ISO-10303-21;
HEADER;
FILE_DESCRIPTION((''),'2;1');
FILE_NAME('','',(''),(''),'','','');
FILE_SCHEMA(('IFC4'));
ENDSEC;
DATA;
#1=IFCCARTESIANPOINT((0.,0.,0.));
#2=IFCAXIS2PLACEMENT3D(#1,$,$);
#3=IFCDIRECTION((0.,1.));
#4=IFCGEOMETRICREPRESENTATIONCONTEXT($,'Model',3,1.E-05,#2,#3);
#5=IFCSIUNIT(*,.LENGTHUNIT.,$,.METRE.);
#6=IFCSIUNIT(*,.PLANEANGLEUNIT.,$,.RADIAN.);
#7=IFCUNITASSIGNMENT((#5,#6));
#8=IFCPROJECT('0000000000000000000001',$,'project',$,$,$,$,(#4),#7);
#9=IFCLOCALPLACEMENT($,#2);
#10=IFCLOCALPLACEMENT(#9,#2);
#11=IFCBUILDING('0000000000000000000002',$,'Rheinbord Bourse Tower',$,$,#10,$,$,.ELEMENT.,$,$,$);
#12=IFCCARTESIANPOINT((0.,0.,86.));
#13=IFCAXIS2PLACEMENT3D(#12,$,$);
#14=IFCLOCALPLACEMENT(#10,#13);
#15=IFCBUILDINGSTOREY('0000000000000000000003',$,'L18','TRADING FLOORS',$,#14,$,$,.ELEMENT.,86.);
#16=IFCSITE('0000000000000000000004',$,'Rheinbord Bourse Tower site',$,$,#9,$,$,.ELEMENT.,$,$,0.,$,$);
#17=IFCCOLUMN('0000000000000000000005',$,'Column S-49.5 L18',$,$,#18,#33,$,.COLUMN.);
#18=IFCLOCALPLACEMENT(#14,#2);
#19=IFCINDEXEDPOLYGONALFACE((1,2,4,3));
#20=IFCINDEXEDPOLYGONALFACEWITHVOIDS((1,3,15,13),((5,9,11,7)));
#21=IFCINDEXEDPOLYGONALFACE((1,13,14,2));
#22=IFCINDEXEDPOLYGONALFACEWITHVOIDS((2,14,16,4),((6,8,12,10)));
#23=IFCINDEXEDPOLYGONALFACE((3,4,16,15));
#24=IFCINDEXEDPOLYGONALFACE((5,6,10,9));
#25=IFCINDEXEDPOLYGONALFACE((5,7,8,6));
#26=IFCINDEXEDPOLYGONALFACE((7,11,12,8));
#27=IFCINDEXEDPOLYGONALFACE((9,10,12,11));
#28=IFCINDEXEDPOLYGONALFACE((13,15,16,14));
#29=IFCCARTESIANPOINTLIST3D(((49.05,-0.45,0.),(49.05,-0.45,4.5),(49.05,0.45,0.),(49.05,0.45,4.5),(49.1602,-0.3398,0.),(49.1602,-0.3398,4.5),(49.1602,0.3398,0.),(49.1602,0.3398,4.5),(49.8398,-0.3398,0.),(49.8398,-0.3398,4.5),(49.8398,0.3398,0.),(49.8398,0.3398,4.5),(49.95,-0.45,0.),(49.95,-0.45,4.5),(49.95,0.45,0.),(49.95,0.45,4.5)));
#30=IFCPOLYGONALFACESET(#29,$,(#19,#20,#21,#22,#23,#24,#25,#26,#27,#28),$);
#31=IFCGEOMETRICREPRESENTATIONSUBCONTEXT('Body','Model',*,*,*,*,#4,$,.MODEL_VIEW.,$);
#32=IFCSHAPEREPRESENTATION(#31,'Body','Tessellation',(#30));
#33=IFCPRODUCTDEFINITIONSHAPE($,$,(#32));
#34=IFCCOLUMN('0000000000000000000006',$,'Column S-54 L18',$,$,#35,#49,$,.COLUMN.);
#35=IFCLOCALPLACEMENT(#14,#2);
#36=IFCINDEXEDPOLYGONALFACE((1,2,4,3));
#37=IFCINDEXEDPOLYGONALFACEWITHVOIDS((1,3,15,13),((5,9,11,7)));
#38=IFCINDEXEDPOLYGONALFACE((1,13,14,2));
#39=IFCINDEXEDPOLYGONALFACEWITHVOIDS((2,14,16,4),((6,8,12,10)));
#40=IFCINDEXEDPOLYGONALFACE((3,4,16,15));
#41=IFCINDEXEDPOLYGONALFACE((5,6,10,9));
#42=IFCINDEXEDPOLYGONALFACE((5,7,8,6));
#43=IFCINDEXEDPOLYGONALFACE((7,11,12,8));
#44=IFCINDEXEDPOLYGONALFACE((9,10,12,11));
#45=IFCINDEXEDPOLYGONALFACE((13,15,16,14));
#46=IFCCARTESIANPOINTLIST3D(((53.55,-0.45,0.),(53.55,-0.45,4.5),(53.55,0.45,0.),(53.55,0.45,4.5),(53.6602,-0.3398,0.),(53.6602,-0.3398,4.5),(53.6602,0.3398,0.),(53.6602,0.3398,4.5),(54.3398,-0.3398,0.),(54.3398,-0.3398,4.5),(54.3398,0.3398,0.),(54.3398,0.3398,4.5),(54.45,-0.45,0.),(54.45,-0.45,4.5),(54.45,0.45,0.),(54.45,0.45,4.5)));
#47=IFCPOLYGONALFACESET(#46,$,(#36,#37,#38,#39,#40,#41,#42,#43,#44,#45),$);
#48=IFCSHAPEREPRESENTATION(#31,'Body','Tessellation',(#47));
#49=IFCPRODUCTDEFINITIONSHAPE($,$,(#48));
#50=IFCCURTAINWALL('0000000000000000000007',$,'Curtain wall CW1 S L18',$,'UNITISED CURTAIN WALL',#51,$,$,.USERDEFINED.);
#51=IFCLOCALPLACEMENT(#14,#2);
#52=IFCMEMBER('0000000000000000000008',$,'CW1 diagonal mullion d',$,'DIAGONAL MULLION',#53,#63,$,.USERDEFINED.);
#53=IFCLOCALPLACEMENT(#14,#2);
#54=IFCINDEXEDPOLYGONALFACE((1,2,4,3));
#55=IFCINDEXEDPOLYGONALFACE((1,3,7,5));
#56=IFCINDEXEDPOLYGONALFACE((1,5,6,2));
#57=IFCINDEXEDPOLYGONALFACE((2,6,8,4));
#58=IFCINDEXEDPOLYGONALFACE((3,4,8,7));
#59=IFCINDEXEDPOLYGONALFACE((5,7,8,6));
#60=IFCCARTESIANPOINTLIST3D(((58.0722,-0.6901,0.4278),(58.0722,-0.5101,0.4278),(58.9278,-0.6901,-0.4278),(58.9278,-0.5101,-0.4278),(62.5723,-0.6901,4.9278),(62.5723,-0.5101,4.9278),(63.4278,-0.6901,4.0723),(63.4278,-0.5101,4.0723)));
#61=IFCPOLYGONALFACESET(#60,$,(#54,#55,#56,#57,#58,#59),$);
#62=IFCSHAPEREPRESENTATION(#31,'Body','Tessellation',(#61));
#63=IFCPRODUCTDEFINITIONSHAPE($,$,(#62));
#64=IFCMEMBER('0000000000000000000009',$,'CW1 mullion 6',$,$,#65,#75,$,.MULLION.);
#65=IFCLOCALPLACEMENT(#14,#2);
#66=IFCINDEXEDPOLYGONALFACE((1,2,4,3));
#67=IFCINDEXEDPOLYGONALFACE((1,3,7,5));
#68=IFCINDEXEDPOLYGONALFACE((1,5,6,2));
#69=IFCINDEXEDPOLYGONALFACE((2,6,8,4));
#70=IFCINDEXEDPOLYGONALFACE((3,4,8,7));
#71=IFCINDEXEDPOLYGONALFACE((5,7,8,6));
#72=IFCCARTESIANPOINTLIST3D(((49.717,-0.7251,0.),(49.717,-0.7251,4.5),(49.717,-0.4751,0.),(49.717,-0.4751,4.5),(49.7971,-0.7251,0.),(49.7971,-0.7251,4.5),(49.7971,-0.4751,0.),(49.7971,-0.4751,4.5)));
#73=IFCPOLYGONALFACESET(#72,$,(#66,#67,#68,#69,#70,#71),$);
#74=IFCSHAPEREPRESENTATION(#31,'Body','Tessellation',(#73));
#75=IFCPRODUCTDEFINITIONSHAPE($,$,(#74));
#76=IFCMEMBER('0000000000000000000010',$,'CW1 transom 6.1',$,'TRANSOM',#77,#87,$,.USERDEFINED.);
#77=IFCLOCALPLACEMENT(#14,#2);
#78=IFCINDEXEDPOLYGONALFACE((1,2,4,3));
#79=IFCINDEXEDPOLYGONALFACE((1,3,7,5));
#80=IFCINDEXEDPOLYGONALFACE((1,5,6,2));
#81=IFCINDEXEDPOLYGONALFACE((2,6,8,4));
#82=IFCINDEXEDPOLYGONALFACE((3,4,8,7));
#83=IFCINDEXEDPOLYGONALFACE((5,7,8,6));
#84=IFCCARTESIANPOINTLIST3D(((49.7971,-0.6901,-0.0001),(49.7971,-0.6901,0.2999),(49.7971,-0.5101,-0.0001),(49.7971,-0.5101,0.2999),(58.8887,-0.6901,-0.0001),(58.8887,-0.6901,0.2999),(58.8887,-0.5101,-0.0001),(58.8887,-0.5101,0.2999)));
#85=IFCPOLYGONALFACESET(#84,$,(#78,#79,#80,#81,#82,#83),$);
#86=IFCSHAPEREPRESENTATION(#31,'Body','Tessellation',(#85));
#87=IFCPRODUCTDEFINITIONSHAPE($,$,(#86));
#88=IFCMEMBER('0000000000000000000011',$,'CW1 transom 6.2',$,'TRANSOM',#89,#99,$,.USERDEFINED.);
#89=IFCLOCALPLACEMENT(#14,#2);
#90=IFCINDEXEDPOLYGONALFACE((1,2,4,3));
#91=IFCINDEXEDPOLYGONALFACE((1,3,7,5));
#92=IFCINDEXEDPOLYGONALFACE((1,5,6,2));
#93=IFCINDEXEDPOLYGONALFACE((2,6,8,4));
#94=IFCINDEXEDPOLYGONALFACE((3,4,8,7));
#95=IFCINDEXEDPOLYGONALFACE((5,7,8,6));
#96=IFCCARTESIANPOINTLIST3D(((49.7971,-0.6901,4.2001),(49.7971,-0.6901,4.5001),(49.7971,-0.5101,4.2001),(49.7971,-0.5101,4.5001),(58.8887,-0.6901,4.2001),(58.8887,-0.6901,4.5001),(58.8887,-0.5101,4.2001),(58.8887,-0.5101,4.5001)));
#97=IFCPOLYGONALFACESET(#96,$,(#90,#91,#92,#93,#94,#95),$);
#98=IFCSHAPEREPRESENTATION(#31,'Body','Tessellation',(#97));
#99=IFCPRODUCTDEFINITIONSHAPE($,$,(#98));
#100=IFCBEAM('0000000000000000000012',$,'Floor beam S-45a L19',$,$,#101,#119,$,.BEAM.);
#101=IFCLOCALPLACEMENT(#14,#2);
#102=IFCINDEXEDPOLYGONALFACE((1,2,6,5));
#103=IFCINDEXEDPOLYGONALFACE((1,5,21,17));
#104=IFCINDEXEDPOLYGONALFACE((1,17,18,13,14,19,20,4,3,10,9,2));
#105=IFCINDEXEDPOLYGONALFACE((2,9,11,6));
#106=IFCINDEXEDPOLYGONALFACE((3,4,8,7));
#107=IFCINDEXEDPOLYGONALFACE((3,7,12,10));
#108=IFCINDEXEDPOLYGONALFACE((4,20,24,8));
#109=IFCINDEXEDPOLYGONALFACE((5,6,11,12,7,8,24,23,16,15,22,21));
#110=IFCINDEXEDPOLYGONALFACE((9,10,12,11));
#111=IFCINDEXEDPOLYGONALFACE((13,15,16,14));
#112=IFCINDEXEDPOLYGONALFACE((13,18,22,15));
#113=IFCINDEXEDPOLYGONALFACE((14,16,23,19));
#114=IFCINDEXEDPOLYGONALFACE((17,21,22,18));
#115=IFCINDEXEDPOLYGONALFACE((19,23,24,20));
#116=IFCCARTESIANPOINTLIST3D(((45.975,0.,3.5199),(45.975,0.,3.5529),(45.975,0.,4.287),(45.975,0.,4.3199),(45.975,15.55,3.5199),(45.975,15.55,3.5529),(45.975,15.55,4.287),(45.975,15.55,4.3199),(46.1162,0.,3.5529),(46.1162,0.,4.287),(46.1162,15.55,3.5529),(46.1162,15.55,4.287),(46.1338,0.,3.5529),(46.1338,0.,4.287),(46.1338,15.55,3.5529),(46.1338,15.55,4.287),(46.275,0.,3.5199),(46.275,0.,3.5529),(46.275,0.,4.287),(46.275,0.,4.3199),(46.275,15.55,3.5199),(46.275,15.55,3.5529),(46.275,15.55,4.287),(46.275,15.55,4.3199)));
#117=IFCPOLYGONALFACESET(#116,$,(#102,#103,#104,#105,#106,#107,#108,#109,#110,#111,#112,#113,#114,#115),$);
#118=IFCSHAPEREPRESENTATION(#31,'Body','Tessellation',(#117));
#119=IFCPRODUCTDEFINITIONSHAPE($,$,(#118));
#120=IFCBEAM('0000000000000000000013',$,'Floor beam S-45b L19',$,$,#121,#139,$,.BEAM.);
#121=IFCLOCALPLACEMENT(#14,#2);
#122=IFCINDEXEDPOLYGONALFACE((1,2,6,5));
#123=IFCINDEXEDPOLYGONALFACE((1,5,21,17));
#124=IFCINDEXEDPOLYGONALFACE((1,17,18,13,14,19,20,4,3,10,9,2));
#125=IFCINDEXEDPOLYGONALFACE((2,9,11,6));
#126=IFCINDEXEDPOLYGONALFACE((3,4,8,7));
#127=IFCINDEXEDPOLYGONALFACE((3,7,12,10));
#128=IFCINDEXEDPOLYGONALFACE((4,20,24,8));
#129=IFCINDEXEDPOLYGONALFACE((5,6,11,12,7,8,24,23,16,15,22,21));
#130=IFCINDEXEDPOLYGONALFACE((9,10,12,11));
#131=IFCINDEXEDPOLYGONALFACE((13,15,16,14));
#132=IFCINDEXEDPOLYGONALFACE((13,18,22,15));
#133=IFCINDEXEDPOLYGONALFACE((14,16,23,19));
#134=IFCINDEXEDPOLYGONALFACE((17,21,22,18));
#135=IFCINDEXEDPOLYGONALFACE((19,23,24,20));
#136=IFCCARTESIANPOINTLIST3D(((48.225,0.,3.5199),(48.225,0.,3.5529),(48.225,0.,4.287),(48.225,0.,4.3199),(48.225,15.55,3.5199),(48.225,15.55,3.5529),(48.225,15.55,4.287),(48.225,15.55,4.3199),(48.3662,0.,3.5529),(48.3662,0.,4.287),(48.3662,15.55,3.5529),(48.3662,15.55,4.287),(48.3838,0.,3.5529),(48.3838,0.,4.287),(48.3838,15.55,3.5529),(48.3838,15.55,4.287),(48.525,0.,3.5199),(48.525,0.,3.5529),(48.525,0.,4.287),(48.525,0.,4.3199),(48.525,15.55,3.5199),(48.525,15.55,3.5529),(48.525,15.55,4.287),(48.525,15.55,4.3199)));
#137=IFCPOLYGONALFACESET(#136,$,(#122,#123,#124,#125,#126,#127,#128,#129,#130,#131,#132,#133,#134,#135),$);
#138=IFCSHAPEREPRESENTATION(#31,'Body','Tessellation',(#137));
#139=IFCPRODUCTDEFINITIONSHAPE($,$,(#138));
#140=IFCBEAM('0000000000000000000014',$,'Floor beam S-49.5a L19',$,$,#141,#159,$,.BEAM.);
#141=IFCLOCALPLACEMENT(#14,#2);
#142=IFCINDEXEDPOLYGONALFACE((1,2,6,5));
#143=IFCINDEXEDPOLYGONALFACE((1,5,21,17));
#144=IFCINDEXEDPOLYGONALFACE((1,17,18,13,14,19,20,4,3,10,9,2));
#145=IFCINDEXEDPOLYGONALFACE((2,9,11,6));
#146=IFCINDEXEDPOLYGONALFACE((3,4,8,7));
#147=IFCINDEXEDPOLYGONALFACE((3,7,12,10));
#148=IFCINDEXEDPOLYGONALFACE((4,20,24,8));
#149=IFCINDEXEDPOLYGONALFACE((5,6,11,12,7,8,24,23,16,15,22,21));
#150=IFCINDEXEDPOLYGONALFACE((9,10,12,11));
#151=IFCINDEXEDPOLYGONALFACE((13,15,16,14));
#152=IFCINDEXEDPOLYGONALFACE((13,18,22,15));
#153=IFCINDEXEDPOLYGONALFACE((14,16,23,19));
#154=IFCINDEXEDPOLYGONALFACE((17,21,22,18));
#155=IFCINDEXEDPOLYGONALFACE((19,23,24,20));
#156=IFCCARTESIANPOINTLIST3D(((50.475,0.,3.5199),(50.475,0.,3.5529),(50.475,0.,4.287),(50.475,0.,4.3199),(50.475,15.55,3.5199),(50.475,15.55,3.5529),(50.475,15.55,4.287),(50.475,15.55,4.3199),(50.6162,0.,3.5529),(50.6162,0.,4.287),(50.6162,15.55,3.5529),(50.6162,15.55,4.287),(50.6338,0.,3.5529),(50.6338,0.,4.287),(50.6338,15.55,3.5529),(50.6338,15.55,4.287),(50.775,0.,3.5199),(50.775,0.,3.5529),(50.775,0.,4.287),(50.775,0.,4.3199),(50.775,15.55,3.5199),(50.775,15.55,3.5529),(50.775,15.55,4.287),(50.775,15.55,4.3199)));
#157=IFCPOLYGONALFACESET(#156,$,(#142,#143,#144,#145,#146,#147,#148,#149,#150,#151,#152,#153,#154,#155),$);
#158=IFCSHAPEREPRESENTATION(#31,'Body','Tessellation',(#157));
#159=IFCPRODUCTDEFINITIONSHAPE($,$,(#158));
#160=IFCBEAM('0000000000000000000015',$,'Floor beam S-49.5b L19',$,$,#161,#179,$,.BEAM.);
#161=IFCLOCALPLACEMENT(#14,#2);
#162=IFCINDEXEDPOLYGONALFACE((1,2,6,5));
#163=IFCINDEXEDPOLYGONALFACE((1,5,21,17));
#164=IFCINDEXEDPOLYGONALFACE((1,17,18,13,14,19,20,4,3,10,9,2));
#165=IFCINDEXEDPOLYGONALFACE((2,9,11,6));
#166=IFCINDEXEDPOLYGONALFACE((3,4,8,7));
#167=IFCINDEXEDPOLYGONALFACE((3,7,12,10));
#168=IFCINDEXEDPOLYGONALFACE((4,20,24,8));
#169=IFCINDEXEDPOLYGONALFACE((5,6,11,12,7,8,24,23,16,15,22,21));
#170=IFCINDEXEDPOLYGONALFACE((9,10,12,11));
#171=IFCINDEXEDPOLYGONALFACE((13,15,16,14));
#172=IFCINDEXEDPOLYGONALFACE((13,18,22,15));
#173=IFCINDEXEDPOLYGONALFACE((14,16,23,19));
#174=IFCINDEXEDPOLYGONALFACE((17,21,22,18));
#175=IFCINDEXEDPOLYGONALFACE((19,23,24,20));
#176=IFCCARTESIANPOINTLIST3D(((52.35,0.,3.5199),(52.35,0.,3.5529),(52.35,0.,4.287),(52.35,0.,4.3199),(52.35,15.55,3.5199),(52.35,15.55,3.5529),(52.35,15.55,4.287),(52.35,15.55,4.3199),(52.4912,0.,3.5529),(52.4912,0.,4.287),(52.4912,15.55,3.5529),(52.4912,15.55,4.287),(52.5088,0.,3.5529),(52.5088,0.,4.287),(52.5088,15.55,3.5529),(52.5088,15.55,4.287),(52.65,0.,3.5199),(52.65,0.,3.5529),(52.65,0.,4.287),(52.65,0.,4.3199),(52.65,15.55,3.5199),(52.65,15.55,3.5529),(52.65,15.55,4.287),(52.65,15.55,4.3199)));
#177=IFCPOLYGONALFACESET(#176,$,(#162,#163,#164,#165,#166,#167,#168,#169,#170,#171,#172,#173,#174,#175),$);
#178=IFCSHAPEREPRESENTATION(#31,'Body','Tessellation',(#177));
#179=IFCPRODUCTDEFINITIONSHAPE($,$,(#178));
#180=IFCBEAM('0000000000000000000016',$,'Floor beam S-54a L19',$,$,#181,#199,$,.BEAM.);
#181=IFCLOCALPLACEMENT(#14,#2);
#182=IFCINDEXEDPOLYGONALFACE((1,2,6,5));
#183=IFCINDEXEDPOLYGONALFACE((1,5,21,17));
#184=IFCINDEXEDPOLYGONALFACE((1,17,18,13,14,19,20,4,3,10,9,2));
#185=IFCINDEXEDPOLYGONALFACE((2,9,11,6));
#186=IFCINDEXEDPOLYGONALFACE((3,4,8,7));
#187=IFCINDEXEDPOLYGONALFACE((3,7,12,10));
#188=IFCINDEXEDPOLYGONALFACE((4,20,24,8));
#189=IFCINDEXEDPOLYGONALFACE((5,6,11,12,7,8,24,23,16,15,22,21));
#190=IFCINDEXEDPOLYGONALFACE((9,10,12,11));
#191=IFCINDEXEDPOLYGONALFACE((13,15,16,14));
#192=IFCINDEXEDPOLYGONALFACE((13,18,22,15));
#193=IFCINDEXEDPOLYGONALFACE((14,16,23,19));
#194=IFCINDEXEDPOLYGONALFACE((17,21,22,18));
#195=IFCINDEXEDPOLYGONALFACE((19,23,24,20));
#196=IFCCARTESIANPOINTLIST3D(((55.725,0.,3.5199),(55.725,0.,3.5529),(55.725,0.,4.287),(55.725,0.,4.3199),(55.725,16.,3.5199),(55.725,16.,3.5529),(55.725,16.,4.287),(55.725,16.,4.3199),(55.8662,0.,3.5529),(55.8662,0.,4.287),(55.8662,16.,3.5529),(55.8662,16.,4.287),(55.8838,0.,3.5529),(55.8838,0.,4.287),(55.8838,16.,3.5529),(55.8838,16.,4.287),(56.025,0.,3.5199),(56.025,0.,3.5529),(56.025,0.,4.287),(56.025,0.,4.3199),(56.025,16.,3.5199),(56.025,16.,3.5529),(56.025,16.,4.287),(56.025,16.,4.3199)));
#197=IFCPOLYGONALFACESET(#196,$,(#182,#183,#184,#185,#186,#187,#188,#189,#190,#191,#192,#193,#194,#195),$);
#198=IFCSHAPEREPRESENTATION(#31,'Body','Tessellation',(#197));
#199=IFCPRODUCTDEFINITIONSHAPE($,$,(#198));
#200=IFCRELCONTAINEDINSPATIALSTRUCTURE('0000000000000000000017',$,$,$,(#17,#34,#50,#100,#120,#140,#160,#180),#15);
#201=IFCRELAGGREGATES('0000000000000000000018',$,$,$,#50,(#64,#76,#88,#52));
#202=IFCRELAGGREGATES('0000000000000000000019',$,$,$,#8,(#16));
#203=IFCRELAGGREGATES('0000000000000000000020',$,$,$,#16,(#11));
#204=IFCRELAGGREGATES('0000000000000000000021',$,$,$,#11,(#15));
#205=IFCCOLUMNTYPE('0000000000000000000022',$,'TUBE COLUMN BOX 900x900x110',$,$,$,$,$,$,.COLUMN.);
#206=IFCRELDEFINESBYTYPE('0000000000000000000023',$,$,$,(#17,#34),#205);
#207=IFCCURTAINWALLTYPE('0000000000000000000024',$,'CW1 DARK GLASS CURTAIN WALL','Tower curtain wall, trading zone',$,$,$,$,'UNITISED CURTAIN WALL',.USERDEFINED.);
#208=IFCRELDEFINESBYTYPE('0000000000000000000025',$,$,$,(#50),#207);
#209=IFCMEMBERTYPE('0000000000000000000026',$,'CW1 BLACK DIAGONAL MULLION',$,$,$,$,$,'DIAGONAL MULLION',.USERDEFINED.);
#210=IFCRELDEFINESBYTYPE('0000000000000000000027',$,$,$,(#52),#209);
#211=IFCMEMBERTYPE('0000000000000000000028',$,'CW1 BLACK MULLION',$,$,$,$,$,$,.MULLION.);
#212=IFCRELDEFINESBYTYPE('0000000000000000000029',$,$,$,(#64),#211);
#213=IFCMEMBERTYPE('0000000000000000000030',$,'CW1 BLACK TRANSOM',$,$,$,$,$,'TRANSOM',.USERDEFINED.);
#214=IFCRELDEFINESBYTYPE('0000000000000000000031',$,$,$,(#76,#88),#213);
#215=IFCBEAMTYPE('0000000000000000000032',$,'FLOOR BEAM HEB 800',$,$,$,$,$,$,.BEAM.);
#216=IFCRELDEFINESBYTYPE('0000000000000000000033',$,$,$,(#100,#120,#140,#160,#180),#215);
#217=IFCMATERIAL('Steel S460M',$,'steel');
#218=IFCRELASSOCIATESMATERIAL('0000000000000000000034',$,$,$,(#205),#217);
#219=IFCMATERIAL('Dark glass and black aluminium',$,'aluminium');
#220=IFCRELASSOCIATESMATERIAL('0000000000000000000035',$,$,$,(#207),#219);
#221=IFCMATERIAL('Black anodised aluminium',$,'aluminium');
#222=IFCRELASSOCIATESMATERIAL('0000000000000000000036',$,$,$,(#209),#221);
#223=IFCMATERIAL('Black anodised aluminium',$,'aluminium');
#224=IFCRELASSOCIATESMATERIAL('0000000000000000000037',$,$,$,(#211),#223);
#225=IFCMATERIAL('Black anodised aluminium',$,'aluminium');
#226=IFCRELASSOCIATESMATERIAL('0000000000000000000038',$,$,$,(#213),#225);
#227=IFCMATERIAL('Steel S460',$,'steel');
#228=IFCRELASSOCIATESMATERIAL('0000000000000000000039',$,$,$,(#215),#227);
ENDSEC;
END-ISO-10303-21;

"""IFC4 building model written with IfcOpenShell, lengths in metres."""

from ifc_helpers import new_model, si_unit, direction, frame, origin, origin_2d, place, context, subcontext, project, spatial, rectangle, hollow_rectangle, i_section, extrude, material, material_profile, profile_set, type_object, element, aggregate, save


model = new_model("IFC4")

# Units and contexts
model_context = context("Model", 3, precision=1e-05, world=origin(), true_north=direction((0.0, 1.0)))
body_context = subcontext(model_context, "Body", "Model", "MODEL_VIEW")
ifc_project = project(units=[si_unit("LENGTHUNIT", "METRE"), si_unit("PLANEANGLEUNIT", "RADIAN")], contexts=[model_context])

# Site, building, storey
site_placement = place(None, origin())
site = spatial("IfcSite", under=ifc_project, at=site_placement, Name="Rheinbord Bourse Tower site", CompositionType="ELEMENT", RefElevation=0.0)
building_placement = place(site_placement, origin())
building = spatial("IfcBuilding", under=site, at=building_placement, Name="Rheinbord Bourse Tower", CompositionType="ELEMENT")
storey_placement = place(building_placement, frame((0.0, 0.0, 86.0)))
storey = spatial("IfcBuildingStorey", under=building, at=storey_placement, Name="L18", Description="TRADING FLOORS", CompositionType="ELEMENT", Elevation=86.0)

# Columns
ifc_material_1 = material(Name="Steel S460M", Category="steel")
ifc_material_profile_1 = material_profile(ifc_material_1, hollow_rectangle(XDim=0.8999, YDim=0.8999, WallThickness=0.1101, at=origin_2d()), Name="BOX 900x900x110")
ifc_profile_set_1 = profile_set([ifc_material_profile_1], Name="Steel S460M")
column_type = type_object("IfcColumnType", Name="TUBE COLUMN BOX 900x900x110", PredefinedType="COLUMN", material=ifc_profile_set_1)
for number, where, z_axis, x_axis, name in (
    (1, (49.5, 0.0, 0.0), (0.0, 0.0, 1.0), (0.0, 1.0, 0.0), "Column S-49.5 L18"),
    (2, (54.0, 0.0, 0.0), (0.0, 0.0, 1.0), (0.0, 1.0, 0.0), "Column S-54 L18"),
):
    element("IfcColumn", number, at=place(storey_placement, frame(where, z_axis=z_axis, x_axis=x_axis)), inside=storey, type_object=column_type, Name=name, PredefinedType="COLUMN", context=body_context, shape_type="SweptSolid", body=[
        extrude(hollow_rectangle(XDim=0.8999, YDim=0.8999, WallThickness=0.1101, at=origin_2d()), origin(), (0.0, 0.0, 1.0), 4.5),
    ])

# Curtain wall, members
ifc_material_2 = material(Name="Dark glass and black aluminium", Category="aluminium")
curtain_wall_type = type_object("IfcCurtainWallType", Name="CW1 DARK GLASS CURTAIN WALL", Description="Tower curtain wall, trading zone", ElementType="UNITISED CURTAIN WALL", PredefinedType="USERDEFINED", material=ifc_material_2)
curtain_wall_placement = place(storey_placement, origin())
curtain_wall = element("IfcCurtainWall", 3, at=curtain_wall_placement, inside=storey, type_object=curtain_wall_type, Name="Curtain wall CW1 S L18", ObjectType="UNITISED CURTAIN WALL", PredefinedType="USERDEFINED")
ifc_material_3 = material(Name="Black anodised aluminium", Category="aluminium")
ifc_material_profile_2 = material_profile(ifc_material_3, rectangle(XDim=0.1799, YDim=1.21, at=origin_2d()), Name="CW1 DIAGONAL MULLION 1210x180")
ifc_profile_set_2 = profile_set([ifc_material_profile_2], Name="Black anodised aluminium")
member_type_1 = type_object("IfcMemberType", Name="CW1 BLACK DIAGONAL MULLION", ElementType="DIAGONAL MULLION", PredefinedType="USERDEFINED", material=ifc_profile_set_2)
member_1_placement = place(storey_placement, frame((58.5, -0.6001, 0.0), z_axis=(0.707107, 0.0, 0.707107), x_axis=(0.0, 1.0, 0.0)))
member_1 = element("IfcMember", 4, at=member_1_placement, type_object=member_type_1, Name="CW1 diagonal mullion d", ObjectType="DIAGONAL MULLION", PredefinedType="USERDEFINED", context=body_context, shape_type="SweptSolid", body=[
    extrude(rectangle(XDim=0.1799, YDim=1.21, at=origin_2d()), origin(), (0.0, 0.0, 1.0), 6.364),
])
ifc_material_4 = material(Name="Black anodised aluminium", Category="aluminium")
ifc_material_profile_3 = material_profile(ifc_material_4, rectangle(XDim=0.25, YDim=0.0801, at=origin_2d()), Name="CW1 MULLION 80x250")
ifc_profile_set_3 = profile_set([ifc_material_profile_3], Name="Black anodised aluminium")
member_type_2 = type_object("IfcMemberType", Name="CW1 BLACK MULLION", PredefinedType="MULLION", material=ifc_profile_set_3)
member_2_placement = place(storey_placement, frame((49.7571, -0.6001, 0.0), z_axis=(0.0, 0.0, 1.0), x_axis=(0.0, 1.0, 0.0)))
member_2 = element("IfcMember", 5, at=member_2_placement, type_object=member_type_2, Name="CW1 mullion 6", PredefinedType="MULLION", context=body_context, shape_type="SweptSolid", body=[
    extrude(rectangle(XDim=0.25, YDim=0.0801, at=origin_2d()), origin(), (0.0, 0.0, 1.0), 4.5),
])
ifc_material_5 = material(Name="Black anodised aluminium", Category="aluminium")
ifc_material_profile_4 = material_profile(ifc_material_5, rectangle(XDim=0.1799, YDim=0.3, at=origin_2d()), Name="CW1 TRANSOM 300x180")
ifc_profile_set_4 = profile_set([ifc_material_profile_4], Name="Black anodised aluminium")
member_type_3 = type_object("IfcMemberType", Name="CW1 BLACK TRANSOM", ElementType="TRANSOM", PredefinedType="USERDEFINED", material=ifc_profile_set_4)
member_3_placement = place(storey_placement, frame((49.7971, -0.6001, 0.1499), z_axis=(1.0, 0.0, 0.0), x_axis=(0.0, 1.0, 0.0)))
member_3 = element("IfcMember", 6, at=member_3_placement, type_object=member_type_3, Name="CW1 transom 6.1", ObjectType="TRANSOM", PredefinedType="USERDEFINED", context=body_context, shape_type="SweptSolid", body=[
    extrude(rectangle(XDim=0.1799, YDim=0.3, at=origin_2d()), origin(), (0.0, 0.0, 1.0), 9.0916),
])
member_4_placement = place(storey_placement, frame((49.7971, -0.6001, 4.3501), z_axis=(1.0, 0.0, 0.0), x_axis=(0.0, 1.0, 0.0)))
member_4 = element("IfcMember", 7, at=member_4_placement, type_object=member_type_3, Name="CW1 transom 6.2", ObjectType="TRANSOM", PredefinedType="USERDEFINED", context=body_context, shape_type="SweptSolid", body=[
    extrude(rectangle(XDim=0.1799, YDim=0.3, at=origin_2d()), origin(), (0.0, 0.0, 1.0), 9.0916),
])

# Beams
ifc_material_6 = material(Name="Steel S460", Category="steel")
ifc_material_profile_5 = material_profile(ifc_material_6, i_section(OverallWidth=0.3, OverallDepth=0.8, WebThickness=0.0176, FlangeThickness=0.033, at=origin_2d()), Name="HEB 800")
ifc_profile_set_5 = profile_set([ifc_material_profile_5], Name="Steel S460")
beam_type_1 = type_object("IfcBeamType", Name="FLOOR BEAM HEB 800", PredefinedType="BEAM", material=ifc_profile_set_5)
for number, where, z_axis, x_axis, name in (
    (8, (46.125, 0.0, 3.9199), (0.0, 1.0, 0.0), (-1.0, 0.0, 0.0), "Floor beam S-45a L19"),
    (9, (48.375, 0.0, 3.9199), (0.0, 1.0, 0.0), (-1.0, 0.0, 0.0), "Floor beam S-45b L19"),
    (10, (50.625, 0.0, 3.9199), (0.0, 1.0, 0.0), (-1.0, 0.0, 0.0), "Floor beam S-49.5a L19"),
    (11, (52.5, 0.0, 3.9199), (0.0, 1.0, 0.0), (-1.0, 0.0, 0.0), "Floor beam S-49.5b L19"),
):
    element("IfcBeam", number, at=place(storey_placement, frame(where, z_axis=z_axis, x_axis=x_axis)), inside=storey, type_object=beam_type_1, Name=name, PredefinedType="BEAM", context=body_context, shape_type="SweptSolid", body=[
        extrude(i_section(OverallWidth=0.3, OverallDepth=0.8, WebThickness=0.0176, FlangeThickness=0.033, at=origin_2d()), origin(), (0.0, 0.0, 1.0), 15.55),
    ])
for number, where, z_axis, x_axis, name in (
    (12, (55.875, 0.0, 3.9199), (0.0, 1.0, 0.0), (-1.0, 0.0, 0.0), "Floor beam S-54a L19"),
):
    element("IfcBeam", number, at=place(storey_placement, frame(where, z_axis=z_axis, x_axis=x_axis)), inside=storey, type_object=beam_type_1, Name=name, PredefinedType="BEAM", context=body_context, shape_type="SweptSolid", body=[
        extrude(i_section(OverallWidth=0.3, OverallDepth=0.8, WebThickness=0.0176, FlangeThickness=0.033, at=origin_2d()), origin(), (0.0, 0.0, 1.0), 16.0),
    ])

aggregate(curtain_wall, [member_2, member_3, member_4, member_1])

save(model, "model.ifc")
